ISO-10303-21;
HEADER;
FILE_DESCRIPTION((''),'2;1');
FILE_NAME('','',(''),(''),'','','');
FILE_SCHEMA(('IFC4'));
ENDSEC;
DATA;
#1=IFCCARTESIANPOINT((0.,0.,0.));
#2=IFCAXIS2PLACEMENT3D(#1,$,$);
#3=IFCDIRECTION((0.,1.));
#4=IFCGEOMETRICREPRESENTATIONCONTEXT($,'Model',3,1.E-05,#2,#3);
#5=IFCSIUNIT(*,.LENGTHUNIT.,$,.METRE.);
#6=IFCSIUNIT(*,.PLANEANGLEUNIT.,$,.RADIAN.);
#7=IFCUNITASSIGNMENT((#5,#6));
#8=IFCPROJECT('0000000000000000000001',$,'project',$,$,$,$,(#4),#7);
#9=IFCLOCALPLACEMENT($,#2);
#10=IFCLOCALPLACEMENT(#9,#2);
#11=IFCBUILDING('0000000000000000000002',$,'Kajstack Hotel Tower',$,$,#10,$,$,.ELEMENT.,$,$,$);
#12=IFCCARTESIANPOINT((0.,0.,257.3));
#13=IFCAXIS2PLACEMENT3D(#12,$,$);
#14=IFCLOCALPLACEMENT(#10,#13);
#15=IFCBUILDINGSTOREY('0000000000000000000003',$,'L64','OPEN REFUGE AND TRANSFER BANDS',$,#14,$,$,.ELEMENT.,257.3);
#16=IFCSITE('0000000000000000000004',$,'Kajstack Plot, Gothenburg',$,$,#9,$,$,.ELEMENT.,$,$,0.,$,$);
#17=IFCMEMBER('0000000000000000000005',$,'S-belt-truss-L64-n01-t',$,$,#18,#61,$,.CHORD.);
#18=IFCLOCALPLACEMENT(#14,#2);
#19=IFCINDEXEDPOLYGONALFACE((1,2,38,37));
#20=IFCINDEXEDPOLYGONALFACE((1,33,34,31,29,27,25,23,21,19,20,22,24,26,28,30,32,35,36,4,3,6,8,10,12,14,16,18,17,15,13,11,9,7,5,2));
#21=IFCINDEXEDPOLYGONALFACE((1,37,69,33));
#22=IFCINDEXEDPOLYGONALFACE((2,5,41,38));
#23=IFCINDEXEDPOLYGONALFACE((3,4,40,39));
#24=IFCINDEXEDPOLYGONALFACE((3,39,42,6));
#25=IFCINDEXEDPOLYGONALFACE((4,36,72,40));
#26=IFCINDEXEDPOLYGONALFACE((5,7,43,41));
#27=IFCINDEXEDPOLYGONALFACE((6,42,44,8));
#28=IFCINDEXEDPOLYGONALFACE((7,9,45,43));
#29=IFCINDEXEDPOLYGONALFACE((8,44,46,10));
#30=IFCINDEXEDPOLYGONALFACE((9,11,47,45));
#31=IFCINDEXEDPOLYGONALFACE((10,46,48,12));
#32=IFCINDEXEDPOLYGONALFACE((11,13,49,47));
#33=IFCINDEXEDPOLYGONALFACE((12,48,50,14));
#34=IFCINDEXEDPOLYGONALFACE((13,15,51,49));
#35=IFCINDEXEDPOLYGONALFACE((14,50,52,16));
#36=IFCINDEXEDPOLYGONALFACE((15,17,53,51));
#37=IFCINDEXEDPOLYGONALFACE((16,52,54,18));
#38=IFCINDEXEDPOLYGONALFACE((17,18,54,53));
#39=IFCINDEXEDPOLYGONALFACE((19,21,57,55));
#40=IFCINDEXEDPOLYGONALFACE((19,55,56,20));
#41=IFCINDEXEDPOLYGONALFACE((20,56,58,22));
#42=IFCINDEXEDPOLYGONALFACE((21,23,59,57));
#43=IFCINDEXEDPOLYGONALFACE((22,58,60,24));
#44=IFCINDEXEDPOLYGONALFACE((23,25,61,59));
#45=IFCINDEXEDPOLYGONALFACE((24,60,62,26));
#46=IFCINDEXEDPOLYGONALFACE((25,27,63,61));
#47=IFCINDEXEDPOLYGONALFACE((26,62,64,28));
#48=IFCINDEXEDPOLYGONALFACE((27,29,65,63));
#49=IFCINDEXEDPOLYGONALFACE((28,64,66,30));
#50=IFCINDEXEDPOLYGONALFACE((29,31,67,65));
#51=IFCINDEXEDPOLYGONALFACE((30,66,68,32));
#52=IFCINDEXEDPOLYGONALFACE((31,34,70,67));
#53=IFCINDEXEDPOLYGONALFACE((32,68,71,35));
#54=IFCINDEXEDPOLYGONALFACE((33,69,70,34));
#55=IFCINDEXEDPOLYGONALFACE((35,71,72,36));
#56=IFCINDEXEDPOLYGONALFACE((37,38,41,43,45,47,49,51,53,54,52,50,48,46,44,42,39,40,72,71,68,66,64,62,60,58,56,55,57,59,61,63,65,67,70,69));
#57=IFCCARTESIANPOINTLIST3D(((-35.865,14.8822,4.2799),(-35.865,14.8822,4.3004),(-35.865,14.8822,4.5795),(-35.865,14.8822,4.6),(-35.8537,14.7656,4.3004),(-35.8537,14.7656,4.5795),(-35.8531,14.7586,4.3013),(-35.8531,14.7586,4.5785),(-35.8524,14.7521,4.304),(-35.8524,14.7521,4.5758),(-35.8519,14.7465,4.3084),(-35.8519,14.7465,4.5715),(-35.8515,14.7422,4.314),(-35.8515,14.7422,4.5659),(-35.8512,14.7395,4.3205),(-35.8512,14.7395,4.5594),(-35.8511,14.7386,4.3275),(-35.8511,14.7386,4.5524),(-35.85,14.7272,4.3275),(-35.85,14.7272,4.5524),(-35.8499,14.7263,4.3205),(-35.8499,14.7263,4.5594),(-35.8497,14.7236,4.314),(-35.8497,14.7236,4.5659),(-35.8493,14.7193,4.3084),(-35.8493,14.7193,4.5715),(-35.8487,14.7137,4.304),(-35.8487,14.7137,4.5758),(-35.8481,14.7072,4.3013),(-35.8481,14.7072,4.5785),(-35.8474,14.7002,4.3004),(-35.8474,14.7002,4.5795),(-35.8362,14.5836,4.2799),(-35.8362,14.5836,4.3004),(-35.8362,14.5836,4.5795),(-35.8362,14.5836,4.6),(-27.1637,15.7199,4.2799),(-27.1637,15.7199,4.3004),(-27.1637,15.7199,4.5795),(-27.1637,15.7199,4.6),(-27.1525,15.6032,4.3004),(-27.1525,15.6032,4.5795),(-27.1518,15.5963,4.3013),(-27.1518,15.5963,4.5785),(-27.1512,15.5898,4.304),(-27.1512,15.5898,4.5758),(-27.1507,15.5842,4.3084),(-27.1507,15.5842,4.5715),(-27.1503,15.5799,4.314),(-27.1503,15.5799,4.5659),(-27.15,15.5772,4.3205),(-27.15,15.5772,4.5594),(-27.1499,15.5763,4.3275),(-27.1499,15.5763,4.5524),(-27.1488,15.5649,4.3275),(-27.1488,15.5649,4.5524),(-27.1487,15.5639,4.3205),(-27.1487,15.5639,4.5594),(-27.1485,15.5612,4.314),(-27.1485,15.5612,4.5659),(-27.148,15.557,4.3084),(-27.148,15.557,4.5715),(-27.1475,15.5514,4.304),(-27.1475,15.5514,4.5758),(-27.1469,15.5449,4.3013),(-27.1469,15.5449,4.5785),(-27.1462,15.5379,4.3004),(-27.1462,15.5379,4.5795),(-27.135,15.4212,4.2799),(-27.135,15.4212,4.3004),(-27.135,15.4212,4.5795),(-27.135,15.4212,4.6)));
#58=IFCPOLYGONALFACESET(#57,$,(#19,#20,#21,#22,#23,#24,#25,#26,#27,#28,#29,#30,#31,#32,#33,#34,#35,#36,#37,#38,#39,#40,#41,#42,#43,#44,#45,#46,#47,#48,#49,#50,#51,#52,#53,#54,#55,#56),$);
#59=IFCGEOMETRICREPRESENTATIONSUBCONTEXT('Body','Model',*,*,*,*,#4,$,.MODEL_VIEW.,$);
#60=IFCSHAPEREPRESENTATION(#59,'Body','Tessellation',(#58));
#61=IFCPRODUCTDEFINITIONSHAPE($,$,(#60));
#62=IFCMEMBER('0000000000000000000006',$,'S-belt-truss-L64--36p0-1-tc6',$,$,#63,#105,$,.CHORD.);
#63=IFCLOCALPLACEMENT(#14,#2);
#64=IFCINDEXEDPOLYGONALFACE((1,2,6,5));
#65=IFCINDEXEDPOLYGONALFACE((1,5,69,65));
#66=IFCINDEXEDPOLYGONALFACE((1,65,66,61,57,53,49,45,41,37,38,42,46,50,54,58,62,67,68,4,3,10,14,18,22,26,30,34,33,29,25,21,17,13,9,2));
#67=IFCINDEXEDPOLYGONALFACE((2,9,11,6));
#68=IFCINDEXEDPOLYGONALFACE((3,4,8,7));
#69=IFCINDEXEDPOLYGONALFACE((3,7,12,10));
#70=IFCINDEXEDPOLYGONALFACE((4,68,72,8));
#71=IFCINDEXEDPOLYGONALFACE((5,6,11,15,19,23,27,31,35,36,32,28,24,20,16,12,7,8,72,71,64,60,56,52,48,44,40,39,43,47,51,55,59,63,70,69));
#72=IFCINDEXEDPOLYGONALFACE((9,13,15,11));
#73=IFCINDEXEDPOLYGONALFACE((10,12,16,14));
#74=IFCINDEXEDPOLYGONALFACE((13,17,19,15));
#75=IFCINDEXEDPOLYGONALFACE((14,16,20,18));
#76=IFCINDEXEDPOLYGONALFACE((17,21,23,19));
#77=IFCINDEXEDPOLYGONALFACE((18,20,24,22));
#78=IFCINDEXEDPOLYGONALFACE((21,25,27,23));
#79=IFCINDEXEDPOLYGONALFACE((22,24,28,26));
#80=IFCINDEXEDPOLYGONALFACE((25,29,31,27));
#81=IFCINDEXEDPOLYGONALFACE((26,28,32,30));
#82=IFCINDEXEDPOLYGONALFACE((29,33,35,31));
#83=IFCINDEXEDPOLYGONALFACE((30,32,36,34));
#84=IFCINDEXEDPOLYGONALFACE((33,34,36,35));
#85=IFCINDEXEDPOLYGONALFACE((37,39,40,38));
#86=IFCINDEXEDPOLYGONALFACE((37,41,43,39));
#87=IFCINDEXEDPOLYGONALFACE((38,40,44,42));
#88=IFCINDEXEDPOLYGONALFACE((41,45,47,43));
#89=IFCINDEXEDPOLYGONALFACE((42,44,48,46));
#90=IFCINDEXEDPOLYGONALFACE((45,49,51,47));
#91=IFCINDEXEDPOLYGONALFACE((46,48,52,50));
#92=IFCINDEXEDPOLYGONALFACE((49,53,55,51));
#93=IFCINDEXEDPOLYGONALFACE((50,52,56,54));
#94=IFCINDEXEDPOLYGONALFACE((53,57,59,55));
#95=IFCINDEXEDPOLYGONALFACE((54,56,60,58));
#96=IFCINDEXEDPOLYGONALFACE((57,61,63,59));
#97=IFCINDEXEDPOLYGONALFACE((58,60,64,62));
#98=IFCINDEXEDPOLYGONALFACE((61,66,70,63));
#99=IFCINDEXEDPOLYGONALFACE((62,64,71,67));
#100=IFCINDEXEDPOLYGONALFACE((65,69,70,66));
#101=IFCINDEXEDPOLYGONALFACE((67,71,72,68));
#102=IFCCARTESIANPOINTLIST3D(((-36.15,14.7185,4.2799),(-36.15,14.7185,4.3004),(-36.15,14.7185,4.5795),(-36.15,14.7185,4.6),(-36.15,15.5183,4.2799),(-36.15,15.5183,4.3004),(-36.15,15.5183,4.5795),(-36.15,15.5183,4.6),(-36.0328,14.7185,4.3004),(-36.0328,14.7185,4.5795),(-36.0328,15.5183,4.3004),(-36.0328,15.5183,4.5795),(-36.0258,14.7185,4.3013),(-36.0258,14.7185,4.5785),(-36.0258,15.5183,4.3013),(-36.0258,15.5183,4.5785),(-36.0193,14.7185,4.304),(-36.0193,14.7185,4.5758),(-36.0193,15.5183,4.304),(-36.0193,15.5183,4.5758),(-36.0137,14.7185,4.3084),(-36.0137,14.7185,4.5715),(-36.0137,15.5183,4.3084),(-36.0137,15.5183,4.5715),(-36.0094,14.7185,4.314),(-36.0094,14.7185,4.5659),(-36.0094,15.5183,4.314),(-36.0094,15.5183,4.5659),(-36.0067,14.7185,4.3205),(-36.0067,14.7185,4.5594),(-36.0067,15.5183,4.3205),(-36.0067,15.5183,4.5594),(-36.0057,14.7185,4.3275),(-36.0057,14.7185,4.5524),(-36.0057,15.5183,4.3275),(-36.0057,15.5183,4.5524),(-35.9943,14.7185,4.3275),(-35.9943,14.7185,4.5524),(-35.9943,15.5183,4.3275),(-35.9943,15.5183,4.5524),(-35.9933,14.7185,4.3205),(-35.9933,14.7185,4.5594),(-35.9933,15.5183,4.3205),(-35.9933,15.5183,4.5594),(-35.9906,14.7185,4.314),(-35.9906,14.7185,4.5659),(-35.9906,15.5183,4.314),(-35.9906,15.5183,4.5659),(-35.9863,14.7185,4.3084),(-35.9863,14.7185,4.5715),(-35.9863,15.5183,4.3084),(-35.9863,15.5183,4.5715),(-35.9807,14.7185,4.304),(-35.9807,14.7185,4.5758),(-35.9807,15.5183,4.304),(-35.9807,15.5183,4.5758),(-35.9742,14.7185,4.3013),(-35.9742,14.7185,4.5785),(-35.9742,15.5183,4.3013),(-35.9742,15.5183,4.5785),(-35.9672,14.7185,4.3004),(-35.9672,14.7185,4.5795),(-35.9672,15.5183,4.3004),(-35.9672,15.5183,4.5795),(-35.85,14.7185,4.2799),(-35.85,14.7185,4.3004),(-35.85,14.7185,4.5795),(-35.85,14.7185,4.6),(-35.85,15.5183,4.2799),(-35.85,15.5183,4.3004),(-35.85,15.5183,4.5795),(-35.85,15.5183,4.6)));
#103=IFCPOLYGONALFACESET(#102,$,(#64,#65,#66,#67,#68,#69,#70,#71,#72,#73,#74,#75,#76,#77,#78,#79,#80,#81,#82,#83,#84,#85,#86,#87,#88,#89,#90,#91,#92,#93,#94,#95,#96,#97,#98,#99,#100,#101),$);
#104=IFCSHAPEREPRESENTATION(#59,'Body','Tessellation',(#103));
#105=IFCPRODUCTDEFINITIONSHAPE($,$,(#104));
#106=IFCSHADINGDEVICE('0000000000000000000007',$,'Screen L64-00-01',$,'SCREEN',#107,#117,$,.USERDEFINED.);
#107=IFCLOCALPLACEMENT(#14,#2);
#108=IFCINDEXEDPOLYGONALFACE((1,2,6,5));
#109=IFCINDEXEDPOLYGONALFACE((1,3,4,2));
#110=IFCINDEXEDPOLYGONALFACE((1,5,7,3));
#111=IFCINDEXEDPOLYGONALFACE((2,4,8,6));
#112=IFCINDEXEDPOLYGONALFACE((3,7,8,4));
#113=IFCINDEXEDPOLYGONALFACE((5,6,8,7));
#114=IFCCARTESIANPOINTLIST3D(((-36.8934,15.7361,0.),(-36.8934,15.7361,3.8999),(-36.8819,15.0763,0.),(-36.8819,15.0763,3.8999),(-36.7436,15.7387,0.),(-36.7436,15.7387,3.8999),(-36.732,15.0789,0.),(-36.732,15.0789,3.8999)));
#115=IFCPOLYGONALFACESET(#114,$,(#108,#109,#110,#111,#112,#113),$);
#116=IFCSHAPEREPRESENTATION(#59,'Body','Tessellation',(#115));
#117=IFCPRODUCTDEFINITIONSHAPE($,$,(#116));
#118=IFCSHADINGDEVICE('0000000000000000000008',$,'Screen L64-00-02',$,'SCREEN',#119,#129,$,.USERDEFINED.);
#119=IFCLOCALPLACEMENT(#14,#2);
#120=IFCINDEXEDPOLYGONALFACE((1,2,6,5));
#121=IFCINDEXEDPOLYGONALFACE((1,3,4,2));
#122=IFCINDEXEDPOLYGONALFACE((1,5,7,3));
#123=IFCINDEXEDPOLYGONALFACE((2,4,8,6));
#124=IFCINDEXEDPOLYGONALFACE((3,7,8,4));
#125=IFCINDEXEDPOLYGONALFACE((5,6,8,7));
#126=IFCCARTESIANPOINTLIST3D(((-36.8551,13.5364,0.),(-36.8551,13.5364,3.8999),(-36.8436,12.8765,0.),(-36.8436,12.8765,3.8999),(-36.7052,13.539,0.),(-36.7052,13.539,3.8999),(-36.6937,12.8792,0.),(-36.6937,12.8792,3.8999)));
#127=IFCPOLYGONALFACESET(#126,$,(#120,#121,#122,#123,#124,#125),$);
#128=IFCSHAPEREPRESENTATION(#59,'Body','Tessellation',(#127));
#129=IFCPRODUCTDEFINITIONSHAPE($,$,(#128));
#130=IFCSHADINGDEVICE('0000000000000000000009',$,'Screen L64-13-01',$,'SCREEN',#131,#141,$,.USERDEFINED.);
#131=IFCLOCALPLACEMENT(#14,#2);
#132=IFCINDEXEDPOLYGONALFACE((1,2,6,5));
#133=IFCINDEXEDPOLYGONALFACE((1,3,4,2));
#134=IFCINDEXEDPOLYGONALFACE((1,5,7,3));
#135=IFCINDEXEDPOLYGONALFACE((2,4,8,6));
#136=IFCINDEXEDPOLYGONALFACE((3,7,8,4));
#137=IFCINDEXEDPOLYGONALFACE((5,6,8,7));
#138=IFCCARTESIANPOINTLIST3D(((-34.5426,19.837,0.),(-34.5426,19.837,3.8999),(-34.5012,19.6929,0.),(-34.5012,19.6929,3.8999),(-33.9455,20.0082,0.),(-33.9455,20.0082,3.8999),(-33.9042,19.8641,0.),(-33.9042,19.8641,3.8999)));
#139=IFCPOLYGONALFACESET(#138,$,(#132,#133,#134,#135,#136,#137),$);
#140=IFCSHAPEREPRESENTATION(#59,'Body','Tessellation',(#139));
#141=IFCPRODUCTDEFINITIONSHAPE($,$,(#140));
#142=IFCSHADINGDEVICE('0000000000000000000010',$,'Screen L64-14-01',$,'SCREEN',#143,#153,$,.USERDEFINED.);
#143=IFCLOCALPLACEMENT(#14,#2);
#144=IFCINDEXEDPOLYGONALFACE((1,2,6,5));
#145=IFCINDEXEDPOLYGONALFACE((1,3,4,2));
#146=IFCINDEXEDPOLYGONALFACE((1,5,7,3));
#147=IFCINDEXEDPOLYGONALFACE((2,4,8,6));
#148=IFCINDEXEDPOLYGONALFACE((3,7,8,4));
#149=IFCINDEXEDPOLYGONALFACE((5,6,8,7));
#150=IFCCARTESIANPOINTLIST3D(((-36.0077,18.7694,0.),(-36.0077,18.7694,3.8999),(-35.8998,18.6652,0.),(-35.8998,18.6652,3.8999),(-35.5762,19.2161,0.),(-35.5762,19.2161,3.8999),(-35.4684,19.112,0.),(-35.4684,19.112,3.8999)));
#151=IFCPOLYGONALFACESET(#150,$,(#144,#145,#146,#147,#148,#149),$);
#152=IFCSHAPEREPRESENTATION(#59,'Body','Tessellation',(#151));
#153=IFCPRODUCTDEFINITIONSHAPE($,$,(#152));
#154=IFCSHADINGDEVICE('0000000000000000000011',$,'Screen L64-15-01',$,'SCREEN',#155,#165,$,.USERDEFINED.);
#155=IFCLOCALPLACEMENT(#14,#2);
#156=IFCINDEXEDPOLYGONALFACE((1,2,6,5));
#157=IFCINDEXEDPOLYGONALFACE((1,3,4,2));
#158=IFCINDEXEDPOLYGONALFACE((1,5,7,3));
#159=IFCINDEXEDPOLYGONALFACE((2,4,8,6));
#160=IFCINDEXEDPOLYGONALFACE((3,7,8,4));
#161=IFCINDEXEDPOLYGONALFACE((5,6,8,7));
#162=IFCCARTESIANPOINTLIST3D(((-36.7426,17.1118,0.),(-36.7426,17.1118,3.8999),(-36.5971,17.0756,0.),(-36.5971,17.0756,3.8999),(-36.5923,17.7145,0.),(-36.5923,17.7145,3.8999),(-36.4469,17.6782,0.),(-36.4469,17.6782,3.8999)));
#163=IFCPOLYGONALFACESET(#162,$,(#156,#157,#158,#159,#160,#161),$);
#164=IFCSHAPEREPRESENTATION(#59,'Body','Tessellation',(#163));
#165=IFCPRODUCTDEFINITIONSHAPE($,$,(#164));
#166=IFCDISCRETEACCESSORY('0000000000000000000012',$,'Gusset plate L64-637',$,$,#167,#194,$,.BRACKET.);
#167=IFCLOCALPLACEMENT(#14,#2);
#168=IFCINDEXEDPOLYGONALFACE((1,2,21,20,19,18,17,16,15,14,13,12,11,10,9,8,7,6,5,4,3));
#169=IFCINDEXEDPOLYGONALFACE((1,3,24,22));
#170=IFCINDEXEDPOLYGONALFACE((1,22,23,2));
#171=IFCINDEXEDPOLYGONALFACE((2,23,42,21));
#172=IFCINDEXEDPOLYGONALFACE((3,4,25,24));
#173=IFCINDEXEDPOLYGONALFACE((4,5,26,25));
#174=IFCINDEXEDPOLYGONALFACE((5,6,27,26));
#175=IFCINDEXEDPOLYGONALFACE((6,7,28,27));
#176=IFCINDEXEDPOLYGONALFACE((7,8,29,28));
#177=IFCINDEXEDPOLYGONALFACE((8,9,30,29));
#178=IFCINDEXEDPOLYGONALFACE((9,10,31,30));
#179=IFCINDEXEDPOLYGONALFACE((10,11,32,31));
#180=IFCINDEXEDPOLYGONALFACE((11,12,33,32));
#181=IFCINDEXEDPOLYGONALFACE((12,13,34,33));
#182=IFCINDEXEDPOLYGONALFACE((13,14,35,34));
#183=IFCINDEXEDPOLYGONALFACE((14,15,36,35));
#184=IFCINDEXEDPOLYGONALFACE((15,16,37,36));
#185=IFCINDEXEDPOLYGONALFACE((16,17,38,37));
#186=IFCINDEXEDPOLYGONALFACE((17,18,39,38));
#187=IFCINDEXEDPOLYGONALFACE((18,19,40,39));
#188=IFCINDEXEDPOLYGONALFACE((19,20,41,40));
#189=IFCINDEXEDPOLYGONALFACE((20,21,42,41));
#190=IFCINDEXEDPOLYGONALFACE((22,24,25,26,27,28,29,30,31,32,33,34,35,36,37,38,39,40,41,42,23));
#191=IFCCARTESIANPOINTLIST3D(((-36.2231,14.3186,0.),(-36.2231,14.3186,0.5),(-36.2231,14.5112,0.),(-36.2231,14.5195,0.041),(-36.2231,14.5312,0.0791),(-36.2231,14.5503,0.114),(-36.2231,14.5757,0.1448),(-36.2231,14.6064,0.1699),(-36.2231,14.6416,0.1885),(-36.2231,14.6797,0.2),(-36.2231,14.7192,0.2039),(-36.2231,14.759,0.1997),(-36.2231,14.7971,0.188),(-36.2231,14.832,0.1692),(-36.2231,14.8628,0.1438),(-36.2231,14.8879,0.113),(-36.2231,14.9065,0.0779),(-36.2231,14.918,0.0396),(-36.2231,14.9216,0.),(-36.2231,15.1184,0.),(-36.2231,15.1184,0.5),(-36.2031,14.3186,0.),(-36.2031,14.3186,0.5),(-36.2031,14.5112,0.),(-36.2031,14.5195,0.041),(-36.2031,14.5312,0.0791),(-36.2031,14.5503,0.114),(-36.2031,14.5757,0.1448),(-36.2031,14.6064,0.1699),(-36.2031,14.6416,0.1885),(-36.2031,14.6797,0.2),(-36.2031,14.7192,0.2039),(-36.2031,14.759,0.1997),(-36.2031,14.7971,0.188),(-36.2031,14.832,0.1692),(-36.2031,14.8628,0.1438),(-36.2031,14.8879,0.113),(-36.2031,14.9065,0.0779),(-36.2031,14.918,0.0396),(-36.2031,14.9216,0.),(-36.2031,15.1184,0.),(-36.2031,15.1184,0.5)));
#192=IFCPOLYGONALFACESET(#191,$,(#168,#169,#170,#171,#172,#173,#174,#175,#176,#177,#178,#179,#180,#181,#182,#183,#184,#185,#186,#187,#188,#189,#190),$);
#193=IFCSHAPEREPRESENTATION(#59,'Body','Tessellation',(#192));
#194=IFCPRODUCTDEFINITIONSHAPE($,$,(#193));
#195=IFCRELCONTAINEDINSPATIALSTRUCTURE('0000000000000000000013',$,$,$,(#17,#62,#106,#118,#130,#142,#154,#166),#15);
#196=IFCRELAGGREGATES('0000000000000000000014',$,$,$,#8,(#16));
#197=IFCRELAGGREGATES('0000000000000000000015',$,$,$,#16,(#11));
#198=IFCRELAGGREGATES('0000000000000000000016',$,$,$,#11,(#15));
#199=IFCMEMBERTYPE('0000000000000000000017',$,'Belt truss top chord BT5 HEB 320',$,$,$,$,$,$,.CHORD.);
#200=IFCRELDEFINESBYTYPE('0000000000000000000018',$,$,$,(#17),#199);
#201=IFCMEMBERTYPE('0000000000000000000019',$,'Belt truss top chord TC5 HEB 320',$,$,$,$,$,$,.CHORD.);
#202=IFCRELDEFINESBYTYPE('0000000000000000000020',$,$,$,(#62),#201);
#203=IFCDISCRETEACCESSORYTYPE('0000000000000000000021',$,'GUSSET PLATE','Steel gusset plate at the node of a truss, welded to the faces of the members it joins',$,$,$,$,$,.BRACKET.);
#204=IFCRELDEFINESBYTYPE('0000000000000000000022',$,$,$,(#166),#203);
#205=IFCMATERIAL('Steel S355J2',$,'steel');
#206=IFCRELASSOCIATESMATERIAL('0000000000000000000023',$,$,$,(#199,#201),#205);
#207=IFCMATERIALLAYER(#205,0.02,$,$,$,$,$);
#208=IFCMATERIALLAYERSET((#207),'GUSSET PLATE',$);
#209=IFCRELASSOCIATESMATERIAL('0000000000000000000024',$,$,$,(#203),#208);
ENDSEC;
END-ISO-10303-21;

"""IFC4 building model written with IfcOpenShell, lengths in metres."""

from ifc_helpers import new_model, si_unit, direction, frame, origin, origin_2d, place, context, subcontext, project, spatial, polyline, rectangle, i_section, outline, extrude, material, layer, layer_set, material_profile, profile_set, type_object, element, save


model = new_model("IFC4")

# Units and contexts
model_context = context("Model", 3, precision=1e-05, world=origin(), true_north=direction((0.0, 1.0)))
body_context = subcontext(model_context, "Body", "Model", "MODEL_VIEW")
ifc_project = project(units=[si_unit("LENGTHUNIT", "METRE"), si_unit("PLANEANGLEUNIT", "RADIAN")], contexts=[model_context])

# Site, building, storey
site_placement = place(None, origin())
site = spatial("IfcSite", under=ifc_project, at=site_placement, Name="Kajstack Plot, Gothenburg", CompositionType="ELEMENT", RefElevation=0.0)
building_placement = place(site_placement, origin())
building = spatial("IfcBuilding", under=site, at=building_placement, Name="Kajstack Hotel Tower", CompositionType="ELEMENT")
storey_placement = place(building_placement, frame((0.0, 0.0, 257.3)))
storey = spatial("IfcBuildingStorey", under=building, at=storey_placement, Name="L64", Description="OPEN REFUGE AND TRANSFER BANDS", CompositionType="ELEMENT", Elevation=257.3)

# Members
ifc_material = material(Name="Steel S355J2", Category="steel")
ifc_material_profile_1 = material_profile(ifc_material, i_section(OverallWidth=0.3, OverallDepth=0.3201, WebThickness=0.0115, FlangeThickness=0.0205, FilletRadius=0.0271, at=origin_2d()), Name="HEB 320")
ifc_profile_set_1 = profile_set([ifc_material_profile_1], Name="Steel S355J2")
member_type_1 = type_object("IfcMemberType", Name="Belt truss top chord BT5 HEB 320", PredefinedType="CHORD", material=ifc_profile_set_1)
member_1_placement = place(storey_placement, frame((-35.8506, 14.7329, 4.4399), z_axis=(0.995398, 0.095825, 0.0), x_axis=(-0.095825, 0.995398, 0.0)))
element("IfcMember", 1, at=member_1_placement, inside=storey, type_object=member_type_1, Name="S-belt-truss-L64-n01-t", PredefinedType="CHORD", context=body_context, shape_type="SweptSolid", body=[
    extrude(i_section(OverallWidth=0.3, OverallDepth=0.3201, WebThickness=0.0115, FlangeThickness=0.0205, FilletRadius=0.0271, at=origin_2d()), origin(), (0.0, 0.0, 1.0), 8.7415),
])
ifc_material_profile_2 = material_profile(ifc_material, i_section(OverallWidth=0.3, OverallDepth=0.3201, WebThickness=0.0115, FlangeThickness=0.0205, FilletRadius=0.0271, at=origin_2d()), Name="HEB 320")
ifc_profile_set_2 = profile_set([ifc_material_profile_2], Name="Steel S355J2")
member_type_2 = type_object("IfcMemberType", Name="Belt truss top chord TC5 HEB 320", PredefinedType="CHORD", material=ifc_profile_set_2)
member_2_placement = place(storey_placement, frame((-36.0, 14.7185, 4.4399), z_axis=(0.0, 1.0, 0.0), x_axis=(-1.0, 0.0, 0.0)))
element("IfcMember", 2, at=member_2_placement, inside=storey, type_object=member_type_2, Name="S-belt-truss-L64--36p0-1-tc6", PredefinedType="CHORD", context=body_context, shape_type="SweptSolid", body=[
    extrude(i_section(OverallWidth=0.3, OverallDepth=0.3201, WebThickness=0.0115, FlangeThickness=0.0205, FilletRadius=0.0271, at=origin_2d()), origin(), (0.0, 0.0, 1.0), 0.7998),
])

# Shading devices
for number, where, z_axis, x_axis, name in (
    (3, (-36.8127, 15.4075, 0.0), (0.0, 0.0, 1.0), (0.017455, -0.999848, 0.0), "Screen L64-00-01"),
    (4, (-36.7744, 13.2078, 0.0), (0.0, 0.0, 1.0), (0.017455, -0.999848, 0.0), "Screen L64-00-02"),
):
    element("IfcShadingDevice", number, at=place(storey_placement, frame(where, z_axis=z_axis, x_axis=x_axis)), inside=storey, Name=name, ObjectType="SCREEN", PredefinedType="USERDEFINED", context=body_context, shape_type="SweptSolid", body=[
        extrude(rectangle(XDim=0.6599, YDim=0.1499, at=origin_2d()), origin(), (0.0, 0.0, 1.0), 3.8999),
    ])
for number, where, z_axis, x_axis, name in (
    (5, (-34.2234, 19.8506, 0.0), (0.0, 0.0, 1.0), (-0.961263, -0.275633, 0.0), "Screen L64-13-01"),
    (6, (-35.738, 18.9407, 0.0), (0.0, 0.0, 1.0), (-0.69466, -0.719338, 0.0), "Screen L64-14-01"),
    (7, (-36.5947, 17.395, 0.0), (0.0, 0.0, 1.0), (-0.241922, -0.970296, 0.0), "Screen L64-15-01"),
):
    element("IfcShadingDevice", number, at=place(storey_placement, frame(where, z_axis=z_axis, x_axis=x_axis)), inside=storey, Name=name, ObjectType="SCREEN", PredefinedType="USERDEFINED", context=body_context, shape_type="SweptSolid", body=[
        extrude(rectangle(XDim=0.6211, YDim=0.1499, at=origin_2d()), origin(), (0.0, 0.0, 1.0), 3.8999),
    ])

# Discrete accessory
ifc_layer = layer(ifc_material, 0.02)
ifc_layer_set = layer_set([ifc_layer], Name="GUSSET PLATE")
discrete_accessory_type = type_object("IfcDiscreteAccessoryType", Name="GUSSET PLATE", Description="Steel gusset plate at the node of a truss, welded to the faces of the members it joins", PredefinedType="BRACKET", material=ifc_layer_set)
discrete_accessory_placement = place(storey_placement, frame((-36.2231, 14.7185, 0.0), z_axis=(1.0, 0.0, 0.0), x_axis=(0.0, 1.0, 0.0)))
element("IfcDiscreteAccessory", 8, at=discrete_accessory_placement, inside=storey, type_object=discrete_accessory_type, Name="Gusset plate L64-637", PredefinedType="BRACKET", context=body_context, shape_type="SweptSolid", body=[
    extrude(outline(polyline([(-0.3999, 0.0), (-0.2073, 0.0), (-0.199, 0.041), (-0.1873, 0.0791), (-0.1682, 0.114), (-0.1428, 0.1448), (-0.1121, 0.1699), (-0.0769, 0.1885), (-0.0388, 0.2), (0.0007, 0.2039), (0.0405, 0.1997), (0.0786, 0.188), (0.1135, 0.1692), (0.1443, 0.1438), (0.1694, 0.113), (0.188, 0.0779), (0.1995, 0.0396), (0.2031, 0.0), (0.3999, 0.0), (0.3999, 0.5), (-0.3999, 0.5), (-0.3999, 0.0)])), origin(), (0.0, 0.0, 1.0), 0.02),
])

save(model, "model.ifc")
